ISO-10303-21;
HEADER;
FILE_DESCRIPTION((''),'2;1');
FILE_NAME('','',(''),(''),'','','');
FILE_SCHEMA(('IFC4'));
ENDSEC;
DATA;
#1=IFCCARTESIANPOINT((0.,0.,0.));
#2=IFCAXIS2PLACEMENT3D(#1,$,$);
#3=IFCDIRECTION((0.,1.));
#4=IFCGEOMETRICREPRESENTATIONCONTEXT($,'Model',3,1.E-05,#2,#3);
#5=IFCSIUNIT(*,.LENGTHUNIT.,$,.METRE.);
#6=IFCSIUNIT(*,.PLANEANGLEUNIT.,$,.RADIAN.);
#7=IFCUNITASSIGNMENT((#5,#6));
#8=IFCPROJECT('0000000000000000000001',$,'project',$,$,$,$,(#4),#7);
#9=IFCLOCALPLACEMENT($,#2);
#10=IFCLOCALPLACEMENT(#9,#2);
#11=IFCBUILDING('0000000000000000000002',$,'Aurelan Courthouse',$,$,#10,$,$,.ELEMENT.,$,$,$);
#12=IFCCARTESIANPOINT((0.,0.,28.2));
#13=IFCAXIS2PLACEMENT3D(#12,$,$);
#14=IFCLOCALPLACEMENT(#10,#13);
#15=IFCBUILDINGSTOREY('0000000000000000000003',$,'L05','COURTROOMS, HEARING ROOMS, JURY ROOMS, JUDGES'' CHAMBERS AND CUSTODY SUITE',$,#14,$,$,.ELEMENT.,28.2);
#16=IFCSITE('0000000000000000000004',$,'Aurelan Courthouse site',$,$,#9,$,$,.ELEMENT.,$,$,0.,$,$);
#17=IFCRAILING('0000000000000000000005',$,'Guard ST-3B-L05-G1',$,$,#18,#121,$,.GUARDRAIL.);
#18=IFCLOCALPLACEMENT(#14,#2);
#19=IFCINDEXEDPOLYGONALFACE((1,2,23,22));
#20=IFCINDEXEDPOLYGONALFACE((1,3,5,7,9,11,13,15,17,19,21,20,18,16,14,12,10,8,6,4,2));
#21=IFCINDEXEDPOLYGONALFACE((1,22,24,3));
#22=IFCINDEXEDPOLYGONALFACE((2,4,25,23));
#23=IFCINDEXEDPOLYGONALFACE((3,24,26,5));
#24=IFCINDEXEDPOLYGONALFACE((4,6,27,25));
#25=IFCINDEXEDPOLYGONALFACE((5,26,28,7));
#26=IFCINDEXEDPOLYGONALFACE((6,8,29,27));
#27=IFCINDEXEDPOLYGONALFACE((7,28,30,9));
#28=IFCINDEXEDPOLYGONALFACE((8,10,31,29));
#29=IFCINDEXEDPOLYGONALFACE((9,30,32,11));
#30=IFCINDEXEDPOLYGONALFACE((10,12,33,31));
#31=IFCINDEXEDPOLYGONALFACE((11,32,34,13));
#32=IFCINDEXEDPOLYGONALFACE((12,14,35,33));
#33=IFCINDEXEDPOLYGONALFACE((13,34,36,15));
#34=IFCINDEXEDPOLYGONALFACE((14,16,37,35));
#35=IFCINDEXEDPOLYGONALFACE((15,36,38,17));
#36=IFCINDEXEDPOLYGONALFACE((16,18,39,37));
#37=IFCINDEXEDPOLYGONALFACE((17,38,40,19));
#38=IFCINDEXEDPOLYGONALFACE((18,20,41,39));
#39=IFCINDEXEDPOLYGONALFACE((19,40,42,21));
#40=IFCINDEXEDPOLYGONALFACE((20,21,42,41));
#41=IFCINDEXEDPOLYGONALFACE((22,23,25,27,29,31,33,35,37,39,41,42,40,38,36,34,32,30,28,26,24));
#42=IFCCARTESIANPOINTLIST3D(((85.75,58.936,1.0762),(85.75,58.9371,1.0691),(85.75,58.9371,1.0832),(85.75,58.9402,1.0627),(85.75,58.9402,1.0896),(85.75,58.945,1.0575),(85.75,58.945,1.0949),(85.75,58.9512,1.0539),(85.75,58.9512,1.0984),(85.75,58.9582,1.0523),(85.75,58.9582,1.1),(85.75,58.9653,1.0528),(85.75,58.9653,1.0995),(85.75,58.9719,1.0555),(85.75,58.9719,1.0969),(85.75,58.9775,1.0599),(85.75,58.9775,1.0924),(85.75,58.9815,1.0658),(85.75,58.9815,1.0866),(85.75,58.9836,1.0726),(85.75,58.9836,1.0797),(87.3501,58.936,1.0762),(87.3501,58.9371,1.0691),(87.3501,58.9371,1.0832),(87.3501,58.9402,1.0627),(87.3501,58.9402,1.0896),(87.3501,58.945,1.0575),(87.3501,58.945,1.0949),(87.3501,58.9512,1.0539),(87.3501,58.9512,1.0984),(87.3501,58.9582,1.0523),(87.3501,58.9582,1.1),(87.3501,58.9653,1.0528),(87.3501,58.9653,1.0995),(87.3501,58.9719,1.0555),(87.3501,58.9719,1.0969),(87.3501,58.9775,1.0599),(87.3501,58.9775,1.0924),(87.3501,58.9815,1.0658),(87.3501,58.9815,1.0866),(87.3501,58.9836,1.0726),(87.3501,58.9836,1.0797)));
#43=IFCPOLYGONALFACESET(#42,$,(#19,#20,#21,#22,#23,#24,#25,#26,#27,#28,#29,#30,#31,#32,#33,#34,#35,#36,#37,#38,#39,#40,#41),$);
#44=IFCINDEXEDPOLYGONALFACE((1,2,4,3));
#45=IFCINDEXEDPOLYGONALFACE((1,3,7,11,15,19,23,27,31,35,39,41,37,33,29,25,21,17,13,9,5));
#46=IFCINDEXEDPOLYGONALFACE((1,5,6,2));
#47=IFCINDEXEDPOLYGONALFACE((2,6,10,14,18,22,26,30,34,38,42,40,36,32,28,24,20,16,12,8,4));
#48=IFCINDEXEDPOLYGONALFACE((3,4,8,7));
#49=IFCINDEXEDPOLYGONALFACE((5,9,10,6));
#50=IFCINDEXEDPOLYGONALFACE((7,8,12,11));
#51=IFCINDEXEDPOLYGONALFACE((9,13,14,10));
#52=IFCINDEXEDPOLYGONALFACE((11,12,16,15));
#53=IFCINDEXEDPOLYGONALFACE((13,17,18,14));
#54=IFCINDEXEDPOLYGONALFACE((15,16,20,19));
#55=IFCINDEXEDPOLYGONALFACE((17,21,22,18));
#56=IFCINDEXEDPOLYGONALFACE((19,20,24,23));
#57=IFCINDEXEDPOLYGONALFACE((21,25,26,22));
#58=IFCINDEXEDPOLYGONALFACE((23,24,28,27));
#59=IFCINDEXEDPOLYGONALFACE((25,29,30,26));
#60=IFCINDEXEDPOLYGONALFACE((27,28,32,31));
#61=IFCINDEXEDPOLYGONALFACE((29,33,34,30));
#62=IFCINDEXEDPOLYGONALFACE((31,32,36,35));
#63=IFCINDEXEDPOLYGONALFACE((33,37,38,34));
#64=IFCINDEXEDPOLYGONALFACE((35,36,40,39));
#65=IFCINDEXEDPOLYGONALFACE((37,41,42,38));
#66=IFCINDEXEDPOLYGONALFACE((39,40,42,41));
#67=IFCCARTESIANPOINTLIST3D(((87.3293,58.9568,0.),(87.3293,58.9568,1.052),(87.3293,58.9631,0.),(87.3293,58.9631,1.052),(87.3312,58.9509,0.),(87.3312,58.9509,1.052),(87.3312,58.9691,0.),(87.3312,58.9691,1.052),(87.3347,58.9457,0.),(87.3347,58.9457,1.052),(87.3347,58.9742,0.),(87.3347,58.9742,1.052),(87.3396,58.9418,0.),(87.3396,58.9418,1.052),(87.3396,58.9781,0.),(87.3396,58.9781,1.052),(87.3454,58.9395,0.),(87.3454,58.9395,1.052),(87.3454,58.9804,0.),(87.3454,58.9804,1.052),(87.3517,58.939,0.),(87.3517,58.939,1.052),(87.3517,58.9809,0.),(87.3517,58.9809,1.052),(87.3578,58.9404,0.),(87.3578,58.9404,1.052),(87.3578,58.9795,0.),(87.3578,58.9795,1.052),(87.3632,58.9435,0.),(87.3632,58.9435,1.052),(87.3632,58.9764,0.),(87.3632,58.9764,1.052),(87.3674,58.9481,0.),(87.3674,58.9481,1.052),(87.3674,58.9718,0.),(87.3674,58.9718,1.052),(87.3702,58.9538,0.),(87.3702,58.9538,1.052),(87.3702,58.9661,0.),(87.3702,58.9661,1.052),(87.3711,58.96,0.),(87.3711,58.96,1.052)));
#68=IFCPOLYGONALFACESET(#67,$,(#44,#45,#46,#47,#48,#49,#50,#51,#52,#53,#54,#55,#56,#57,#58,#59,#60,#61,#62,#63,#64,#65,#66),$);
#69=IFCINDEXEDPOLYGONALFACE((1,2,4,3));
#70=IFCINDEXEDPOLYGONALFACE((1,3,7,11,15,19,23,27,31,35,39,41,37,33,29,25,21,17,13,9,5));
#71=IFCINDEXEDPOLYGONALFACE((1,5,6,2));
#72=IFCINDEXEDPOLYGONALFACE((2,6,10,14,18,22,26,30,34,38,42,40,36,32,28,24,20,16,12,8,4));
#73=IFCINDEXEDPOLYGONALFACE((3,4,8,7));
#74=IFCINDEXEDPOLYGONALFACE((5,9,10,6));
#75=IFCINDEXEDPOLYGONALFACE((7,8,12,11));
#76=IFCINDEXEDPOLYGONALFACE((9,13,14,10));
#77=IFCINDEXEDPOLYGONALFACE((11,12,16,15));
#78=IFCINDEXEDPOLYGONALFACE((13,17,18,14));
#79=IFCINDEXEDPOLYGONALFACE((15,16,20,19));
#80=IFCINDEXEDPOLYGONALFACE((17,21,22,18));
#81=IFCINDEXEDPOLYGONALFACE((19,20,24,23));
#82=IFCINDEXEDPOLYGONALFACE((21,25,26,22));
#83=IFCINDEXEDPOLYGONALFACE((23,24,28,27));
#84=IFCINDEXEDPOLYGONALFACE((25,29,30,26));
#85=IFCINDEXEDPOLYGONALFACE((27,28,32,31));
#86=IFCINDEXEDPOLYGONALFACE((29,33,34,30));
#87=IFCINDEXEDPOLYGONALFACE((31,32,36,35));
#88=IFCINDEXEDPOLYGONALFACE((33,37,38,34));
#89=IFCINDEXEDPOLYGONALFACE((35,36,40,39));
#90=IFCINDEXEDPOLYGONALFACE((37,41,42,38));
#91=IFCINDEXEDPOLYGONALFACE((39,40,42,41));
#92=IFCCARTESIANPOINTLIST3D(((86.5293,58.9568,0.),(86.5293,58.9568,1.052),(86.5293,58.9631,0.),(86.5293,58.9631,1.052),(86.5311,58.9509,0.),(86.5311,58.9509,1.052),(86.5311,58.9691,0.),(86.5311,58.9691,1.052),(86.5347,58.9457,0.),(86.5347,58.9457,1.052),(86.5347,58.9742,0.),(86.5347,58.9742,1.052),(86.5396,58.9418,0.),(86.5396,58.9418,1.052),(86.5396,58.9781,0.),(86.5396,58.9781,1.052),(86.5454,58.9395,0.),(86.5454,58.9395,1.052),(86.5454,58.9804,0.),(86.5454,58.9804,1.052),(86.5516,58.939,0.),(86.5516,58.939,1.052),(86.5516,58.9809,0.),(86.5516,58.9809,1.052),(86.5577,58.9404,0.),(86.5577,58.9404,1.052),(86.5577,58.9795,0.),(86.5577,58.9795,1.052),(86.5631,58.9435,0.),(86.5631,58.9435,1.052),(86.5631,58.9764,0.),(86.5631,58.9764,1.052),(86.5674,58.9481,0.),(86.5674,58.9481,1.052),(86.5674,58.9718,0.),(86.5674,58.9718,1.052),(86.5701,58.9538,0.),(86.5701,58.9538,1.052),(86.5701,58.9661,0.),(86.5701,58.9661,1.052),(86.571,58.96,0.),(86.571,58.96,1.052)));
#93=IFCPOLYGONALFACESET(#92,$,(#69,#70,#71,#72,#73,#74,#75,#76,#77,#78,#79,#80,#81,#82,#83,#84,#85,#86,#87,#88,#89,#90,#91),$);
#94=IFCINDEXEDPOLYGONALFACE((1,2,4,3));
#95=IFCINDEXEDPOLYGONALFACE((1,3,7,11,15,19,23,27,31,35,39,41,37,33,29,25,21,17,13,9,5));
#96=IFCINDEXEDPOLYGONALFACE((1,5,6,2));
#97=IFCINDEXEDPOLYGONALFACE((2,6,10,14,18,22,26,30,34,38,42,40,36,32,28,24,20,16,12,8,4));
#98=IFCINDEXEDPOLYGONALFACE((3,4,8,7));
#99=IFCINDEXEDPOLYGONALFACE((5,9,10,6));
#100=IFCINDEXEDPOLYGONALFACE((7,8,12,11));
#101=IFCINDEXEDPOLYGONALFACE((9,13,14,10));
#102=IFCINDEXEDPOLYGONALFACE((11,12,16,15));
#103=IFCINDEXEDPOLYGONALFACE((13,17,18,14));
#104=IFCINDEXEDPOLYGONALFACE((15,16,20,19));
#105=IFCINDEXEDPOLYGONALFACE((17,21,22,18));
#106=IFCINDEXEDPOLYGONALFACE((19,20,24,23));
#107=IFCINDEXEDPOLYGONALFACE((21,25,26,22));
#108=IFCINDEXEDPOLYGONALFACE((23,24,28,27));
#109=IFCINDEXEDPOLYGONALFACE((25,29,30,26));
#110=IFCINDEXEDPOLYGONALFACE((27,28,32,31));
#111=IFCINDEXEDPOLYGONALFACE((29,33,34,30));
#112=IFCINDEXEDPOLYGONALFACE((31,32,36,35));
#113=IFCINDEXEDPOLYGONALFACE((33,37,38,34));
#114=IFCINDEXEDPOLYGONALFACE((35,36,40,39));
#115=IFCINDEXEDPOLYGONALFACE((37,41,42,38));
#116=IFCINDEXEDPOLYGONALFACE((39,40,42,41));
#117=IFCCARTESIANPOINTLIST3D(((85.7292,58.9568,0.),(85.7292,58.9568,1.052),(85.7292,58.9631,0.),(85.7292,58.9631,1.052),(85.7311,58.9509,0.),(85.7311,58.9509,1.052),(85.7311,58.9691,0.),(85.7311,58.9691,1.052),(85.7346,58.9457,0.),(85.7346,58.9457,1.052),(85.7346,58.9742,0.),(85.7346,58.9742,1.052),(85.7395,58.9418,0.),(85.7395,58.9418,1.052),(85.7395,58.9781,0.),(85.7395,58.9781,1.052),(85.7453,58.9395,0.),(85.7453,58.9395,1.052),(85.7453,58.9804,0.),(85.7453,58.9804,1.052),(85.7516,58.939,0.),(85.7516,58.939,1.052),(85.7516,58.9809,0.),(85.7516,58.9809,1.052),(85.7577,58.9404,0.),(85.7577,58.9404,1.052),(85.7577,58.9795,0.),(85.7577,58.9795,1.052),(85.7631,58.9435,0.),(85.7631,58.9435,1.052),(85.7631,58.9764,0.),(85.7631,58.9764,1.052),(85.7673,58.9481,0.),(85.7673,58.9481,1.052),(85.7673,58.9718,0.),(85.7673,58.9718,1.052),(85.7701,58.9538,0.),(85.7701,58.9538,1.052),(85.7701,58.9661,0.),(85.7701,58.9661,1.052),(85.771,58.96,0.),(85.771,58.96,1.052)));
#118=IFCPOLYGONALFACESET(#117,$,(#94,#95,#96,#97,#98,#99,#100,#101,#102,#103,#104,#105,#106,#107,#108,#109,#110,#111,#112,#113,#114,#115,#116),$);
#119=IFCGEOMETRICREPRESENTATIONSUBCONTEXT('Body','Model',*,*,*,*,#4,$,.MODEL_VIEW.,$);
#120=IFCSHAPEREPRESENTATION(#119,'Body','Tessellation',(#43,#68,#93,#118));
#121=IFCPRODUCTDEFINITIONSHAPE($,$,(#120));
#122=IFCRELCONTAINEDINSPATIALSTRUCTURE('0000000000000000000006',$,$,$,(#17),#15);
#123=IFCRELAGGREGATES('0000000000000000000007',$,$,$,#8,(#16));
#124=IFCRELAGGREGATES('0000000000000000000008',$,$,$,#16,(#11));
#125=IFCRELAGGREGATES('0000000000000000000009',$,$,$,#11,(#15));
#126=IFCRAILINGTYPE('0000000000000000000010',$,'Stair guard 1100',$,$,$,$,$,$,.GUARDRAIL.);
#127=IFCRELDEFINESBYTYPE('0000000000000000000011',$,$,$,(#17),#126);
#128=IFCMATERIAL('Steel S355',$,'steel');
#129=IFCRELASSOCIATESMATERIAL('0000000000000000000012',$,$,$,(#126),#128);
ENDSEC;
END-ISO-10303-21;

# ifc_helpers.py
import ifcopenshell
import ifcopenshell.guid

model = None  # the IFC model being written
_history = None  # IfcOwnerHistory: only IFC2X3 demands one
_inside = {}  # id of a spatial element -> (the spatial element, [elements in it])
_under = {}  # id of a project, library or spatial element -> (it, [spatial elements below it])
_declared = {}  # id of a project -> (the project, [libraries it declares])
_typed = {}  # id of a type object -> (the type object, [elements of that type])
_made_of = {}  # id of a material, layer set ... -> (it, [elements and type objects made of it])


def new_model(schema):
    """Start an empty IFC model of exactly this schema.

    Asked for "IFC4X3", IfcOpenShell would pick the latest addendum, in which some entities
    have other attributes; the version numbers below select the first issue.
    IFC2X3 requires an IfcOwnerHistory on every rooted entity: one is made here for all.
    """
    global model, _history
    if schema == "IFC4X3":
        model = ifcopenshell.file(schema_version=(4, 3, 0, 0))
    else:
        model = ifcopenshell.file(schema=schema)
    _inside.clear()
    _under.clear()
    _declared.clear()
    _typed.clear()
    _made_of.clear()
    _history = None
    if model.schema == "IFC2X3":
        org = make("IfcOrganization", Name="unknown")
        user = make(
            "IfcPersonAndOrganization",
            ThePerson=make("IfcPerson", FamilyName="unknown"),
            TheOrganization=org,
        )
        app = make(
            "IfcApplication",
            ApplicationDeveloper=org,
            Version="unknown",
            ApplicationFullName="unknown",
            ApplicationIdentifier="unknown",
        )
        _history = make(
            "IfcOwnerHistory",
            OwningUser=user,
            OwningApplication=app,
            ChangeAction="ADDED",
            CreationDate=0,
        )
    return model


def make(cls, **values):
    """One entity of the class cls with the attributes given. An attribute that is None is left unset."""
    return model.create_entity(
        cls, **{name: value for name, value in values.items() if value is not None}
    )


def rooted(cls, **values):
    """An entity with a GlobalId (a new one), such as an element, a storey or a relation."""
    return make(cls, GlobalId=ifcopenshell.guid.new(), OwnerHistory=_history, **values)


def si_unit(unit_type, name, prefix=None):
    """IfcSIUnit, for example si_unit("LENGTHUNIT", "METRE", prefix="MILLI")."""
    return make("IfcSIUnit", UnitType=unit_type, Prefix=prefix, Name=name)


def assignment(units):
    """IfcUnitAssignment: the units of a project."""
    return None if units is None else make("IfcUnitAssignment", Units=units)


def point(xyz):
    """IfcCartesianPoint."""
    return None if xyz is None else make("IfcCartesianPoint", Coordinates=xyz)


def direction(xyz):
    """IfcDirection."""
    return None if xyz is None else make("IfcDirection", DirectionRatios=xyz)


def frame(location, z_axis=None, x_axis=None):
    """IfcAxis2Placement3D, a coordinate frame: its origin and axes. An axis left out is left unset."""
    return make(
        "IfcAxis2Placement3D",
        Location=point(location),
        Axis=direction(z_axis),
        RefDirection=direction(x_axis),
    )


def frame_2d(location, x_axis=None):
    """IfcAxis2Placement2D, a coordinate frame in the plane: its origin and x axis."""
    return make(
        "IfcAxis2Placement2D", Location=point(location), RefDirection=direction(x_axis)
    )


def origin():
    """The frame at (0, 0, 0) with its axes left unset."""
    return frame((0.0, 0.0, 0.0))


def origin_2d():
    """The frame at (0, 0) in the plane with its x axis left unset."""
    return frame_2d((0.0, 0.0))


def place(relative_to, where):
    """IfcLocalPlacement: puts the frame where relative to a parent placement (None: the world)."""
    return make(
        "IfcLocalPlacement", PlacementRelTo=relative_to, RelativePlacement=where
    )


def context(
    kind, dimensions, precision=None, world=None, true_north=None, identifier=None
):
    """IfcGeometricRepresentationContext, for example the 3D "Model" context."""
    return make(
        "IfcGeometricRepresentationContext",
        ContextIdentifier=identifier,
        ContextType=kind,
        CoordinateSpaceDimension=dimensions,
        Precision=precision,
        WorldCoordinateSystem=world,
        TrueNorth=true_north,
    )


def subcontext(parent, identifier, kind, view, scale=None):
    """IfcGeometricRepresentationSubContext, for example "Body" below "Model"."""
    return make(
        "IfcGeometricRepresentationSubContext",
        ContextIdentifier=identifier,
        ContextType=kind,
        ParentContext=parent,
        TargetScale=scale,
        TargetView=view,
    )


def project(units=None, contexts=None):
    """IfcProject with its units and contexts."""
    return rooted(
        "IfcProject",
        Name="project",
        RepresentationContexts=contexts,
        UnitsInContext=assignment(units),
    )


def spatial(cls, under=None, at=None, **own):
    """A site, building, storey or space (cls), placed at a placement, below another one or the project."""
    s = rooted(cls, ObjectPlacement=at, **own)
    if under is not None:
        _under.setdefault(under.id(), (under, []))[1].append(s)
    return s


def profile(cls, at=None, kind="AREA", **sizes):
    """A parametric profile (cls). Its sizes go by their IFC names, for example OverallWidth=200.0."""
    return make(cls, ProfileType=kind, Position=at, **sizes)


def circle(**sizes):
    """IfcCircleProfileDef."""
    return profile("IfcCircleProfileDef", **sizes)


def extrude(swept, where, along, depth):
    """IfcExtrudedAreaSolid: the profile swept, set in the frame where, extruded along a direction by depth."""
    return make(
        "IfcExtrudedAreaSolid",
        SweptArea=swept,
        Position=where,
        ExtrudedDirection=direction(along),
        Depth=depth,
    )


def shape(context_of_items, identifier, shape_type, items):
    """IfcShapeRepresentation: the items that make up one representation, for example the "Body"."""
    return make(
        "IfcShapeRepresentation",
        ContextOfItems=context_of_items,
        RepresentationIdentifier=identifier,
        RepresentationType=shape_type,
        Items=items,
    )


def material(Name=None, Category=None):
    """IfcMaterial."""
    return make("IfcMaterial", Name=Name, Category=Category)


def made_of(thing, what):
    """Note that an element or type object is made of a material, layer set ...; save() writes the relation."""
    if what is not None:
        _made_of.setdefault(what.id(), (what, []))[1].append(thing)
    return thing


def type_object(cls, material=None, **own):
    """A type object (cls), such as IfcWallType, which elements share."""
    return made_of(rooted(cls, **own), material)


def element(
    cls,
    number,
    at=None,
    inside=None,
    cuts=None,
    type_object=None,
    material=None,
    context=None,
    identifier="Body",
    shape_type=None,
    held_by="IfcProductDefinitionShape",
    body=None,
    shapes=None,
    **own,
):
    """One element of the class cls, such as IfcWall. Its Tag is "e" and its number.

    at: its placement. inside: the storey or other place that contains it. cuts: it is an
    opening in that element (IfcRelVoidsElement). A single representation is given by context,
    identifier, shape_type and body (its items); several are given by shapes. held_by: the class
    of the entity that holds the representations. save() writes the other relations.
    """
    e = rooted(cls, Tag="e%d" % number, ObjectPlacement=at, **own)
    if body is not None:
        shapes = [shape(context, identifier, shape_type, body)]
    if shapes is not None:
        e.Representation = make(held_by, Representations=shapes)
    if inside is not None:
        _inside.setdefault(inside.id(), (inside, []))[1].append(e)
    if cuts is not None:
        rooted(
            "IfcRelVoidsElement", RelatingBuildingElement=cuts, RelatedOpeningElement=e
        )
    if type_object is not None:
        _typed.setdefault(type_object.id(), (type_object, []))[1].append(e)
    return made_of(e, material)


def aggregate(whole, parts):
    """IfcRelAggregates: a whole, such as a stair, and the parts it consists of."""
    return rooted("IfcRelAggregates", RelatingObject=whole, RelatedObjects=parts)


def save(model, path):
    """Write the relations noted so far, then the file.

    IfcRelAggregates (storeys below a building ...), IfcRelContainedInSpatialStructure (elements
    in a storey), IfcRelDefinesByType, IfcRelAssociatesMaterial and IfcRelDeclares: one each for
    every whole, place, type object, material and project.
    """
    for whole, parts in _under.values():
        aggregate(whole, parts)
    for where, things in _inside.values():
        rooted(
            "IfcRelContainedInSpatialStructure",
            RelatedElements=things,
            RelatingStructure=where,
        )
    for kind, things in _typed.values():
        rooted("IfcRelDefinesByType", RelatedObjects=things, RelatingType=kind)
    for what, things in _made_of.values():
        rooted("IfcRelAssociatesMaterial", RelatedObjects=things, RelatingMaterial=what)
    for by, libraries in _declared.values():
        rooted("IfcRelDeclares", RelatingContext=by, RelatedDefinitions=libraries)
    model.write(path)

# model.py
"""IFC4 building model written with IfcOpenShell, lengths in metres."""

from ifc_helpers import new_model, si_unit, direction, frame, origin, origin_2d, place, context, subcontext, project, spatial, circle, extrude, material, type_object, element, save


model = new_model("IFC4")

# Units and contexts
model_context = context("Model", 3, precision=1e-05, world=origin(), true_north=direction((0.0, 1.0)))
body_context = subcontext(model_context, "Body", "Model", "MODEL_VIEW")
ifc_project = project(units=[si_unit("LENGTHUNIT", "METRE"), si_unit("PLANEANGLEUNIT", "RADIAN")], contexts=[model_context])

# Site, building, storey
site_placement = place(None, origin())
site = spatial("IfcSite", under=ifc_project, at=site_placement, Name="Aurelan Courthouse site", CompositionType="ELEMENT", RefElevation=0.0)
building_placement = place(site_placement, origin())
building = spatial("IfcBuilding", under=site, at=building_placement, Name="Aurelan Courthouse", CompositionType="ELEMENT")
storey_placement = place(building_placement, frame((0.0, 0.0, 28.2)))
storey = spatial("IfcBuildingStorey", under=building, at=storey_placement, Name="L05", Description="COURTROOMS, HEARING ROOMS, JURY ROOMS, JUDGES' CHAMBERS AND CUSTODY SUITE", CompositionType="ELEMENT", Elevation=28.2)

# Railing
ifc_material_1 = material(Name="Steel S355", Category="steel")
railing_type = type_object("IfcRailingType", Name="Stair guard 1100", PredefinedType="GUARDRAIL", material=ifc_material_1)
railing_1_placement = place(storey_placement, frame((87.3501, 58.96, 0.0)))
element("IfcRailing", 1, at=railing_1_placement, inside=storey, type_object=railing_type, Name="Guard ST-3B-L05-G1", PredefinedType="GUARDRAIL", context=body_context, shape_type="SweptSolid", body=[
    extrude(circle(Radius=0.0239, at=origin_2d()), frame((0.0, 0.0, 1.0762), z_axis=(-1.0, 0.0, 0.0), x_axis=(0.0, -1.0, 0.0)), (0.0, 0.0, 1.0), 1.6001),
    extrude(circle(Radius=0.021, at=origin_2d()), origin(), (0.0, 0.0, 1.0), 1.052),
    extrude(circle(Radius=0.021, at=origin_2d()), frame((-0.8, 0.0, 0.0)), (0.0, 0.0, 1.0), 1.052),
    extrude(circle(Radius=0.021, at=origin_2d()), frame((-1.6001, 0.0, 0.0)), (0.0, 0.0, 1.0), 1.052),
])

save(model, "model.ifc")
